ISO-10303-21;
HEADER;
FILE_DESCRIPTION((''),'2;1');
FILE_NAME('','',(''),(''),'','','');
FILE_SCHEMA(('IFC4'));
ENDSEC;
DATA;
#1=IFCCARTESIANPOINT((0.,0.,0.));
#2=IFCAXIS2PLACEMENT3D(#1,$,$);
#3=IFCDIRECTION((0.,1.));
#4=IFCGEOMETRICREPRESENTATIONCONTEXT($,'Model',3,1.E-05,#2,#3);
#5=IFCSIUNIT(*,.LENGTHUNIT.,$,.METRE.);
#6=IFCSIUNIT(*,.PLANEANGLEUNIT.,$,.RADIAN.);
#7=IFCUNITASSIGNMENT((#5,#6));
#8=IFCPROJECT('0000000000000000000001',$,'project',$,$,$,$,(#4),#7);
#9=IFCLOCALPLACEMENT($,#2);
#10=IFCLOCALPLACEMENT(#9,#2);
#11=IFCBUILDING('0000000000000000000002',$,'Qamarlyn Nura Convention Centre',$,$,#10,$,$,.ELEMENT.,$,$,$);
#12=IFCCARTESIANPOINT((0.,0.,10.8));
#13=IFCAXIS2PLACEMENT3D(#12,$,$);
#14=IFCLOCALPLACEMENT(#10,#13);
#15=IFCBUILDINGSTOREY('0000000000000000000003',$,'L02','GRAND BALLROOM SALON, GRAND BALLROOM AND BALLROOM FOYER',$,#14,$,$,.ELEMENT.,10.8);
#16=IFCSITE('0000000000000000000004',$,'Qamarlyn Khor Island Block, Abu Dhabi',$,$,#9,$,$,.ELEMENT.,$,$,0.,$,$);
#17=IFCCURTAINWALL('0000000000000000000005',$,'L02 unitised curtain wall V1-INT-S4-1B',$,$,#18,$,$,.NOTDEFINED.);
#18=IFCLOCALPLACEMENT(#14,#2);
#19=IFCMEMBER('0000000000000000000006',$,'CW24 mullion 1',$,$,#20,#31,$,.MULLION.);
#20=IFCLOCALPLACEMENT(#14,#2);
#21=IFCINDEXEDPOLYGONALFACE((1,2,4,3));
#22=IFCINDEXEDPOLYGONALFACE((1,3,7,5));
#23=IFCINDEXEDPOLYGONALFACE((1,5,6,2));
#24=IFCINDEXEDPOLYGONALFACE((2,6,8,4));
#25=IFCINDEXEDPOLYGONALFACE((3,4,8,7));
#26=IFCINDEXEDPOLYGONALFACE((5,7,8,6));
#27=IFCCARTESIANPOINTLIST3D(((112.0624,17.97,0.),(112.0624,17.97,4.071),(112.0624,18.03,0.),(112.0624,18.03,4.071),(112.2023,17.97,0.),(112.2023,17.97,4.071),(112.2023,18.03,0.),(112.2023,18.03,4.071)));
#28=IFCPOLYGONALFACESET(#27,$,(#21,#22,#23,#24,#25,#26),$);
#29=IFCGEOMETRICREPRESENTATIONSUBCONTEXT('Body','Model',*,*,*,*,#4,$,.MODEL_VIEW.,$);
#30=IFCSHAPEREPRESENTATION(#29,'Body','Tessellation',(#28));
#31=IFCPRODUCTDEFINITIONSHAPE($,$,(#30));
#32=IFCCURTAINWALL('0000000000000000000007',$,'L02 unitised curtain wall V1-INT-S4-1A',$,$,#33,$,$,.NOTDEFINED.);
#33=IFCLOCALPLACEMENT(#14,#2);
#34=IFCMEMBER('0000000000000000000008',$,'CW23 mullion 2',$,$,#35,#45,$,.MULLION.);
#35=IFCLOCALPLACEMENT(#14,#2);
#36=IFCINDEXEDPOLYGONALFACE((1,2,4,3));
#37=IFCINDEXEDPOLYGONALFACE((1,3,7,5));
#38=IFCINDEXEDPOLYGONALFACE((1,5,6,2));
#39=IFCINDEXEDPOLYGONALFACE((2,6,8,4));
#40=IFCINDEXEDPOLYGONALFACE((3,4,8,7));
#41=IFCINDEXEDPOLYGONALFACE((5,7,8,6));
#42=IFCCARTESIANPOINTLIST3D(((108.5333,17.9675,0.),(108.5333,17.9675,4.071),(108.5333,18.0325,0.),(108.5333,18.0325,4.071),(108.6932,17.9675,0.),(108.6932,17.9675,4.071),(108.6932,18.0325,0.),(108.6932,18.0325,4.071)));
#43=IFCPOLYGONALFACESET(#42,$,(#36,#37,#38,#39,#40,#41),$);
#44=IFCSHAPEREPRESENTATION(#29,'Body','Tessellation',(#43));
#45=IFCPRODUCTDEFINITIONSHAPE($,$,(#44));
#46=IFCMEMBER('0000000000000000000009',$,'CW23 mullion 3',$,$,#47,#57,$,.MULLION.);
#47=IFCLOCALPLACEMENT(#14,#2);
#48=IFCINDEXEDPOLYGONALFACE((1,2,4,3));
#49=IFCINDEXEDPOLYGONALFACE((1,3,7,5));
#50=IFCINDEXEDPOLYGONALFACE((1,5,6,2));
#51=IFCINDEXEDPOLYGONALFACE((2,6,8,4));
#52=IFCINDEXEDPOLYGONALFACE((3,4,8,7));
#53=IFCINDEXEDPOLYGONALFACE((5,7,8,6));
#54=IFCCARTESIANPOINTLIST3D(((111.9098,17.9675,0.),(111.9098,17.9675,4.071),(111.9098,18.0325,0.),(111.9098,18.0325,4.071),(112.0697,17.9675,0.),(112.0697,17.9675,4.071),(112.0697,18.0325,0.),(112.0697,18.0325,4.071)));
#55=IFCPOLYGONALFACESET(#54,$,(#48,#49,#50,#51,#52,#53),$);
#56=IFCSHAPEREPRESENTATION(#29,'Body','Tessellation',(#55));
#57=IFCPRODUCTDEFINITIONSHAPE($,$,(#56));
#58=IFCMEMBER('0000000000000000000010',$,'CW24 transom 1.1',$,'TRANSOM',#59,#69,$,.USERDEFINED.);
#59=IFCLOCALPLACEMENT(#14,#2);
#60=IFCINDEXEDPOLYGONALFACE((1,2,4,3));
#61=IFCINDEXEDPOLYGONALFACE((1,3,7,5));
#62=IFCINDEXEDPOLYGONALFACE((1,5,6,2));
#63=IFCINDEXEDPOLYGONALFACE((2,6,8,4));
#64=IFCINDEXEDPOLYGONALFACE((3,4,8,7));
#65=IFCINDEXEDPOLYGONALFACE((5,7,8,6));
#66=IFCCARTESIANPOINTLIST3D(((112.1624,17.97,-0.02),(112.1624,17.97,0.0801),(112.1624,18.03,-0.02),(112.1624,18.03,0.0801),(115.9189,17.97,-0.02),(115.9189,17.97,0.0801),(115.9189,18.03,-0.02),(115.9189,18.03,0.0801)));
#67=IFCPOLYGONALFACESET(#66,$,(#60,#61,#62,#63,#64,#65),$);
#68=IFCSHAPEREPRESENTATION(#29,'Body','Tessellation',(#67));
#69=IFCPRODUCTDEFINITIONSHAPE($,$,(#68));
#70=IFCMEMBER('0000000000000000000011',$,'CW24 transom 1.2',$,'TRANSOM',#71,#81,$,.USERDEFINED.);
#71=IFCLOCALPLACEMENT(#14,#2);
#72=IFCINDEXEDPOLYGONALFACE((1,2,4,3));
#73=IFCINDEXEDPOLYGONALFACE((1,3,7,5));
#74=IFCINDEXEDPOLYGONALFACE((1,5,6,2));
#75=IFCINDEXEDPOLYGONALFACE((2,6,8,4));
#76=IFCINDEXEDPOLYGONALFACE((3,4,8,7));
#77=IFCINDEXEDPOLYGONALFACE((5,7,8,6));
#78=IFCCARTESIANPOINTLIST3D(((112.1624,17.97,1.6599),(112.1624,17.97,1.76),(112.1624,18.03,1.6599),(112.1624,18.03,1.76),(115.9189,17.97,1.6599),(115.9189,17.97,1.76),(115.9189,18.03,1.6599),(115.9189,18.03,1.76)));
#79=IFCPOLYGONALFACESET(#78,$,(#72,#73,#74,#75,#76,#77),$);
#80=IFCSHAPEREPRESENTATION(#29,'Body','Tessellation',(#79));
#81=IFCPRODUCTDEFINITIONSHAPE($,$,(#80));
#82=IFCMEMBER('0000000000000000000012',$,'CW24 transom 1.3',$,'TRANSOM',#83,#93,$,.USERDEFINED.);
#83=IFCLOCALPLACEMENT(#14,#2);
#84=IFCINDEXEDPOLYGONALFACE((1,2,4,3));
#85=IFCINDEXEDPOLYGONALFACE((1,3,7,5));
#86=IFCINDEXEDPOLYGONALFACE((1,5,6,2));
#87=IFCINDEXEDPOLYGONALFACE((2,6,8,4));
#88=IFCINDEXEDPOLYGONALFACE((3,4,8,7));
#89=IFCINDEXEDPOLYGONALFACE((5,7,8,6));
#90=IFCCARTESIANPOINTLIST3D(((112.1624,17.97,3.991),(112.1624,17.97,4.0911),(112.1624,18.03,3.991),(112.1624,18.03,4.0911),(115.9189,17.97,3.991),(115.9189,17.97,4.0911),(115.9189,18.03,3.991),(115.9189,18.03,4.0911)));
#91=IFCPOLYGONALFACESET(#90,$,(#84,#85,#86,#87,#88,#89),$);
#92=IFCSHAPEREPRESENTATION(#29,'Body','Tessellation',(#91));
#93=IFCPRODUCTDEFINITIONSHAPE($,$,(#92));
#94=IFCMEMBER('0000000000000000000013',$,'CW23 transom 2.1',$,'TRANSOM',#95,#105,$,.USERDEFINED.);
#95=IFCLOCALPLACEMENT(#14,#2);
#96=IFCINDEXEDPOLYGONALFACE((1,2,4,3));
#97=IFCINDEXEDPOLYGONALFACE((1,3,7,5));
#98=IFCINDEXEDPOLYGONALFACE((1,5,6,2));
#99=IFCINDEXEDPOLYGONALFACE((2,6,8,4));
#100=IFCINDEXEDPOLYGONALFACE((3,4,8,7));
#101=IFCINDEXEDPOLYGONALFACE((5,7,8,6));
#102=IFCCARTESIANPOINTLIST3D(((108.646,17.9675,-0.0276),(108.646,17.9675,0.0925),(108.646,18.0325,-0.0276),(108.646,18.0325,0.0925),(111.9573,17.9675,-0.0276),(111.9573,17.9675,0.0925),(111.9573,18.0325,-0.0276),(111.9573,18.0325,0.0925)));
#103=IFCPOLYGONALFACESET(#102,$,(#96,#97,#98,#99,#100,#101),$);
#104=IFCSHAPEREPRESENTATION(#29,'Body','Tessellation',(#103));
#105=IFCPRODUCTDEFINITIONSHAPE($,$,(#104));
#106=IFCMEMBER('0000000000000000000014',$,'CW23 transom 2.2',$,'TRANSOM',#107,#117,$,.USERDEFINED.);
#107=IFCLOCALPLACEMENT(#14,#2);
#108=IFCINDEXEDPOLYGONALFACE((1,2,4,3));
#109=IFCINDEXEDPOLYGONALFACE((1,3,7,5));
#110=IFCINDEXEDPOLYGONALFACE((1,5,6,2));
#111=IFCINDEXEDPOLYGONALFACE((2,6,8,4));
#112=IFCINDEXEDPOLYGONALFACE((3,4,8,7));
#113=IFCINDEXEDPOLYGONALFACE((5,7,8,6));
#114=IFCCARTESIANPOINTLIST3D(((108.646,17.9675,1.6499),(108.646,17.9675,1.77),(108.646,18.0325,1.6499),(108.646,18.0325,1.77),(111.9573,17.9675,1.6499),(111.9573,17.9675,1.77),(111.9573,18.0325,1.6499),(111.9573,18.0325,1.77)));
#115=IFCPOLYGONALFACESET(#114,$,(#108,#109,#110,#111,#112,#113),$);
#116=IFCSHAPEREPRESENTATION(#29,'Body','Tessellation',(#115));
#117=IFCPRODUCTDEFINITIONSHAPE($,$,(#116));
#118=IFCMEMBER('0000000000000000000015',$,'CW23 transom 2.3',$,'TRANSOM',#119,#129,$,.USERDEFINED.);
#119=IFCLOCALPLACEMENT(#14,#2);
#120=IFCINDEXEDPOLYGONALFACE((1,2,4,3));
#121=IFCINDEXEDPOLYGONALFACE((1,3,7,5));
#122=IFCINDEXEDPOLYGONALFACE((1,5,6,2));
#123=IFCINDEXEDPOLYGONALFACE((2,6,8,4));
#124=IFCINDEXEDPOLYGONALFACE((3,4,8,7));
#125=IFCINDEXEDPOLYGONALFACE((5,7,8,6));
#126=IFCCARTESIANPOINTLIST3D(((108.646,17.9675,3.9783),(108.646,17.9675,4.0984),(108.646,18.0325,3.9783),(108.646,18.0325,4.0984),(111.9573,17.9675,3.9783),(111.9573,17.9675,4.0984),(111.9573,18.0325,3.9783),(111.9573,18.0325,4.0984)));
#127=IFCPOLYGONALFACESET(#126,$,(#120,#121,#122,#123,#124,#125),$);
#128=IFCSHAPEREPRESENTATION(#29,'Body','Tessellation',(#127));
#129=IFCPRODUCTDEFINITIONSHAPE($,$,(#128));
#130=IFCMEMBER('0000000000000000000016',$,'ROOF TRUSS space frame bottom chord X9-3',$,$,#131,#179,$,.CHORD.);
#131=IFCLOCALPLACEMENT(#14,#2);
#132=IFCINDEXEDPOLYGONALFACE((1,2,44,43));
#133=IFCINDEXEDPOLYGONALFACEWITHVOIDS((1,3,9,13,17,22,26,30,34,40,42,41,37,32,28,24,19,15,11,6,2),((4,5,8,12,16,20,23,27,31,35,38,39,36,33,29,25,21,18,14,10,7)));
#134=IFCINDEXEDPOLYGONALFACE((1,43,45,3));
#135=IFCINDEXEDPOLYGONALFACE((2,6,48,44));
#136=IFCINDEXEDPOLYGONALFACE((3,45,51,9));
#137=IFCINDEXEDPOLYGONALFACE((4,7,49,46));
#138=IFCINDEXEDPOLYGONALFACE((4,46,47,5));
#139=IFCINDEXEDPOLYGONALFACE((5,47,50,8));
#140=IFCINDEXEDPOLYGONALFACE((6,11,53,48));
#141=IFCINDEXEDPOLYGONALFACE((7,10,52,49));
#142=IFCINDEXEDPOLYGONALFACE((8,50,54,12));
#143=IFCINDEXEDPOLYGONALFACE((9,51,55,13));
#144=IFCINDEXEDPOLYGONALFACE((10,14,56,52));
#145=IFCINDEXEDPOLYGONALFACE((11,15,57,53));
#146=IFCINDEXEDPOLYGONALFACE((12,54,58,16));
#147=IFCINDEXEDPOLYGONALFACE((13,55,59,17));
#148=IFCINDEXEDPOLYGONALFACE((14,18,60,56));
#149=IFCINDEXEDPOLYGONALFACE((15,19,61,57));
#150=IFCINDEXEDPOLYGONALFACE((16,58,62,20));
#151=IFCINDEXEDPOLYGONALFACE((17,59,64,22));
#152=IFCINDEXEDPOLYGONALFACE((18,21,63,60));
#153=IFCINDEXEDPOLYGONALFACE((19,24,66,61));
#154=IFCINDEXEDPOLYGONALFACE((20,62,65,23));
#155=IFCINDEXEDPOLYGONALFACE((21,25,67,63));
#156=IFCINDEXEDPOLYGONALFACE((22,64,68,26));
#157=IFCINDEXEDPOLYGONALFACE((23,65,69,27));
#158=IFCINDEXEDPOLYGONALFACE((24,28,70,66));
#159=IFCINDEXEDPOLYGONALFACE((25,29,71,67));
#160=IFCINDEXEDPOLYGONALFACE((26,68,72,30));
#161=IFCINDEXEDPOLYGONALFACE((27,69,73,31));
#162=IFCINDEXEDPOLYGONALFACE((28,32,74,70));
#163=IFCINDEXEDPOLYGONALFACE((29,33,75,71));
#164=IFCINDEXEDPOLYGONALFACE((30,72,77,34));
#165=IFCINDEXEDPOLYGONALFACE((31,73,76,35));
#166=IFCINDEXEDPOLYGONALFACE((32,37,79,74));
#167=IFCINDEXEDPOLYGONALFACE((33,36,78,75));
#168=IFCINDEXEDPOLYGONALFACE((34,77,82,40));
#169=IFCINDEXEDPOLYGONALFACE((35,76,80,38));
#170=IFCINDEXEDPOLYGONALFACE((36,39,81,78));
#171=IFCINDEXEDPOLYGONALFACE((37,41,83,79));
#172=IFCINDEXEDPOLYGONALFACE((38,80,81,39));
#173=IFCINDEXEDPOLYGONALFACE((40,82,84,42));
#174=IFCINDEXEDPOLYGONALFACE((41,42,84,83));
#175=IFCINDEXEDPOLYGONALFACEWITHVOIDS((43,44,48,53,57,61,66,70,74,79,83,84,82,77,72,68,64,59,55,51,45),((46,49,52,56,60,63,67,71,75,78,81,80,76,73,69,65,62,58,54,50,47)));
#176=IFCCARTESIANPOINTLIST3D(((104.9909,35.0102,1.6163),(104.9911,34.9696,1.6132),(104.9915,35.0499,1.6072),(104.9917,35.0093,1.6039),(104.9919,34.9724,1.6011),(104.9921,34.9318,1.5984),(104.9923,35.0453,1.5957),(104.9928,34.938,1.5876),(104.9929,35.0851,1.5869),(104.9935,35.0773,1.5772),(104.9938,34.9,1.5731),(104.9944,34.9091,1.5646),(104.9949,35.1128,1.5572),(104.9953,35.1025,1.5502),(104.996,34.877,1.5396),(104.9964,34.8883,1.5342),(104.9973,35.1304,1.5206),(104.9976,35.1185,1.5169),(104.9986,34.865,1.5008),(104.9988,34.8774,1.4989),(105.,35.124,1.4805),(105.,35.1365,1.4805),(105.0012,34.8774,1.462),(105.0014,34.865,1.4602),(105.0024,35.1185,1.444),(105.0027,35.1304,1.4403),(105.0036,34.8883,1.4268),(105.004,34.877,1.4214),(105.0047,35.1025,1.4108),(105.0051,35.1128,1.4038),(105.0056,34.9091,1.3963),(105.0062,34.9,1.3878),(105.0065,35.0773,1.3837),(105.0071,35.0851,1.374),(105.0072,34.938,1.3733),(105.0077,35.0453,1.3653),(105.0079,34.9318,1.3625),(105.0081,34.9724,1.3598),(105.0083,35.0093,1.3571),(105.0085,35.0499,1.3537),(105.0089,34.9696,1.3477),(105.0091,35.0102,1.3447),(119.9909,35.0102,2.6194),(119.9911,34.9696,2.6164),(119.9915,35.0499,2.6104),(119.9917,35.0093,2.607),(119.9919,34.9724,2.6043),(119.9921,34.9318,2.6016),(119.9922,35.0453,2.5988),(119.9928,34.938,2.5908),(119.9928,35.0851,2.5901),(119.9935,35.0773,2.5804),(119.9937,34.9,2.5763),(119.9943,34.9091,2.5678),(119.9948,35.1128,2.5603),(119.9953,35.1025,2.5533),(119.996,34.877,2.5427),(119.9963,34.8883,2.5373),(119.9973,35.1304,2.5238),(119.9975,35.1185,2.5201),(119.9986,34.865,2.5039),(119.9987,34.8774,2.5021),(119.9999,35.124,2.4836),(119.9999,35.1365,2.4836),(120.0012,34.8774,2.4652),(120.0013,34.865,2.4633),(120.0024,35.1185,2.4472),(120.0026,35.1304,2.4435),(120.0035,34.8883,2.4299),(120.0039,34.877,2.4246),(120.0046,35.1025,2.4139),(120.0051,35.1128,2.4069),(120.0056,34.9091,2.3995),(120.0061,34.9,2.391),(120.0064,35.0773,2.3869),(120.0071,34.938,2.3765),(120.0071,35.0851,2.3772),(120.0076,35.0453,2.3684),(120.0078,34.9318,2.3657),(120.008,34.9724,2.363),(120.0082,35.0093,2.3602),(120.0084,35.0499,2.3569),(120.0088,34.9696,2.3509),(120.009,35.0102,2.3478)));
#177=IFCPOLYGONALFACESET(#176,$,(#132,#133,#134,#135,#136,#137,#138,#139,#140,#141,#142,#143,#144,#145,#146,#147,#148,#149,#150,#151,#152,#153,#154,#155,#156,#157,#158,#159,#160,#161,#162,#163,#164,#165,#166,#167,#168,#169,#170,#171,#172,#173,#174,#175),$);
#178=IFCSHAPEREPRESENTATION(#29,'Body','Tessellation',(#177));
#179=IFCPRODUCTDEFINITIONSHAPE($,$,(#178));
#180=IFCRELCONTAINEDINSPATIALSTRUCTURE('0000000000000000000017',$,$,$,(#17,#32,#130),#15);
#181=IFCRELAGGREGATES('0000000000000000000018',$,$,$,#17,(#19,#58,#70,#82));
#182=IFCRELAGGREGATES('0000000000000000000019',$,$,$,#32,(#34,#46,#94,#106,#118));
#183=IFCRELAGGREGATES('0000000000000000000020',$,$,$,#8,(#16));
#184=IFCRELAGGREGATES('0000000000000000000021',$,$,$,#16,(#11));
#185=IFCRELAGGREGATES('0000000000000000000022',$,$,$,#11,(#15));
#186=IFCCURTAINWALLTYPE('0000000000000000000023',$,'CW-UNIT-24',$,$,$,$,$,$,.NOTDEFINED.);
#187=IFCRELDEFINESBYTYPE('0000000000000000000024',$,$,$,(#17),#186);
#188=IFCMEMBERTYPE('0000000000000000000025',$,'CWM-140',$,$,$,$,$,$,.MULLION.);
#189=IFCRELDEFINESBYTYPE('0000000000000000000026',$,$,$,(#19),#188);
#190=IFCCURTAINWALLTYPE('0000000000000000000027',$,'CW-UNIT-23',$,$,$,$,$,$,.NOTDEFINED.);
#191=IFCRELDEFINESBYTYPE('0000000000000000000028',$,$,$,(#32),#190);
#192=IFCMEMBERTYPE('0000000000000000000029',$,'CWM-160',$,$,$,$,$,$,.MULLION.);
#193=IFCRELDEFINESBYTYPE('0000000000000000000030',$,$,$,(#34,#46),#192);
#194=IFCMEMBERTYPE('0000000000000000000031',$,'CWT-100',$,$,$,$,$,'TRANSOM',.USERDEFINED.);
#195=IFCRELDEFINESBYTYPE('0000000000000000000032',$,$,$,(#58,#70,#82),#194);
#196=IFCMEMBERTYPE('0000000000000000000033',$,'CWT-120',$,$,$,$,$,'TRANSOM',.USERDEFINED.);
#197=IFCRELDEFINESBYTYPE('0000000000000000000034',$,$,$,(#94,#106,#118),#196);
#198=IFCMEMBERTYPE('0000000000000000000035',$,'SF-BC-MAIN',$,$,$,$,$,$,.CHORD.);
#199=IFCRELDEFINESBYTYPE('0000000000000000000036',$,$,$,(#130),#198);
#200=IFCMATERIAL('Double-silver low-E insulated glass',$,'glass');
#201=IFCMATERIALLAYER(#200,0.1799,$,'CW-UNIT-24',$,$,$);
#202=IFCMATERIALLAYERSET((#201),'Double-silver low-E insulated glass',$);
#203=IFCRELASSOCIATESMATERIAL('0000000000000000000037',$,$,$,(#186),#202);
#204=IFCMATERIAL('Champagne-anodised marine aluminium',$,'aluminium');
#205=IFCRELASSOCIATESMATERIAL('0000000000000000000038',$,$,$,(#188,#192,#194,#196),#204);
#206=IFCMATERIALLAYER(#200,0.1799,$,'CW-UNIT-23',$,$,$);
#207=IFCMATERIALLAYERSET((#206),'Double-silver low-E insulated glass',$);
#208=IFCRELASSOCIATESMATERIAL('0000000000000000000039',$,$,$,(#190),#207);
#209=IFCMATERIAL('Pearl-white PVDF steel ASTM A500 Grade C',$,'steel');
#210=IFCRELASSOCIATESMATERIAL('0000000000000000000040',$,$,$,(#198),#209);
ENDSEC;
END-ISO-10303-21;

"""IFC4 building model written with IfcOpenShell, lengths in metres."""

from ifc_helpers import new_model, si_unit, direction, frame, origin, origin_2d, place, context, subcontext, project, spatial, rectangle, hollow_circle, extrude, material, layer, layer_set, material_profile, profile_set, type_object, element, aggregate, save


model = new_model("IFC4")

# Units and contexts
model_context = context("Model", 3, precision=1e-05, world=origin(), true_north=direction((0.0, 1.0)))
body_context = subcontext(model_context, "Body", "Model", "MODEL_VIEW")
ifc_project = project(units=[si_unit("LENGTHUNIT", "METRE"), si_unit("PLANEANGLEUNIT", "RADIAN")], contexts=[model_context])

# Site, building, storey
site_placement = place(None, origin())
site = spatial("IfcSite", under=ifc_project, at=site_placement, Name="Qamarlyn Khor Island Block, Abu Dhabi", CompositionType="ELEMENT", RefElevation=0.0)
building_placement = place(site_placement, origin())
building = spatial("IfcBuilding", under=site, at=building_placement, Name="Qamarlyn Nura Convention Centre", CompositionType="ELEMENT")
storey_placement = place(building_placement, frame((0.0, 0.0, 10.8)))
storey = spatial("IfcBuildingStorey", under=building, at=storey_placement, Name="L02", Description="GRAND BALLROOM SALON, GRAND BALLROOM AND BALLROOM FOYER", CompositionType="ELEMENT", Elevation=10.8)

# Curtain wall, member
ifc_material_1 = material(Name="Double-silver low-E insulated glass", Category="glass")
ifc_layer_1 = layer(ifc_material_1, 0.1799, Name="CW-UNIT-24")
ifc_layer_set_1 = layer_set([ifc_layer_1], Name="Double-silver low-E insulated glass")
curtain_wall_type_1 = type_object("IfcCurtainWallType", Name="CW-UNIT-24", PredefinedType="NOTDEFINED", material=ifc_layer_set_1)
curtain_wall_1_placement = place(storey_placement, origin())
curtain_wall_1 = element("IfcCurtainWall", 1, at=curtain_wall_1_placement, inside=storey, type_object=curtain_wall_type_1, Name="L02 unitised curtain wall V1-INT-S4-1B", PredefinedType="NOTDEFINED")
ifc_material_2 = material(Name="Champagne-anodised marine aluminium", Category="aluminium")
ifc_material_profile_1 = material_profile(ifc_material_2, rectangle(XDim=0.0601, YDim=0.1399, at=origin_2d()), Name="ALU MULLION 60x140")
ifc_profile_set_1 = profile_set([ifc_material_profile_1], Name="Champagne-anodised marine aluminium")
member_type_1 = type_object("IfcMemberType", Name="CWM-140", PredefinedType="MULLION", material=ifc_profile_set_1)
member_1_placement = place(storey_placement, frame((112.1323, 18.0, 0.0), z_axis=(0.0, 0.0, 1.0), x_axis=(0.0, 1.0, 0.0)))
member_1 = element("IfcMember", 2, at=member_1_placement, type_object=member_type_1, Name="CW24 mullion 1", PredefinedType="MULLION", context=body_context, shape_type="SweptSolid", body=[
    extrude(rectangle(XDim=0.0601, YDim=0.1399, at=origin_2d()), origin(), (0.0, 0.0, 1.0), 4.071),
])

# Curtain wall, members
ifc_layer_2 = layer(ifc_material_1, 0.1799, Name="CW-UNIT-23")
ifc_layer_set_2 = layer_set([ifc_layer_2], Name="Double-silver low-E insulated glass")
curtain_wall_type_2 = type_object("IfcCurtainWallType", Name="CW-UNIT-23", PredefinedType="NOTDEFINED", material=ifc_layer_set_2)
curtain_wall_2_placement = place(storey_placement, origin())
curtain_wall_2 = element("IfcCurtainWall", 3, at=curtain_wall_2_placement, inside=storey, type_object=curtain_wall_type_2, Name="L02 unitised curtain wall V1-INT-S4-1A", PredefinedType="NOTDEFINED")
ifc_material_profile_2 = material_profile(ifc_material_2, rectangle(XDim=0.0649, YDim=0.1599, at=origin_2d()), Name="ALU MULLION 65x160")
ifc_profile_set_2 = profile_set([ifc_material_profile_2], Name="Champagne-anodised marine aluminium")
member_type_2 = type_object("IfcMemberType", Name="CWM-160", PredefinedType="MULLION", material=ifc_profile_set_2)
member_2_placement = place(storey_placement, frame((108.6133, 18.0, 0.0), z_axis=(0.0, 0.0, 1.0), x_axis=(0.0, 1.0, 0.0)))
member_2 = element("IfcMember", 4, at=member_2_placement, type_object=member_type_2, Name="CW23 mullion 2", PredefinedType="MULLION", context=body_context, shape_type="SweptSolid", body=[
    extrude(rectangle(XDim=0.0649, YDim=0.1599, at=origin_2d()), origin(), (0.0, 0.0, 1.0), 4.071),
])
member_3_placement = place(storey_placement, frame((111.9897, 18.0, 0.0), z_axis=(0.0, 0.0, 1.0), x_axis=(0.0, 1.0, 0.0)))
member_3 = element("IfcMember", 5, at=member_3_placement, type_object=member_type_2, Name="CW23 mullion 3", PredefinedType="MULLION", context=body_context, shape_type="SweptSolid", body=[
    extrude(rectangle(XDim=0.0649, YDim=0.1599, at=origin_2d()), origin(), (0.0, 0.0, 1.0), 4.071),
])

# Members
ifc_material_profile_3 = material_profile(ifc_material_2, rectangle(XDim=0.0601, YDim=0.1001, at=origin_2d()), Name="ALU TRANSOM 60x100")
ifc_profile_set_3 = profile_set([ifc_material_profile_3], Name="Champagne-anodised marine aluminium")
member_type_3 = type_object("IfcMemberType", Name="CWT-100", ElementType="TRANSOM", PredefinedType="USERDEFINED", material=ifc_profile_set_3)
member_4_placement = place(storey_placement, frame((112.1624, 18.0, 0.03), z_axis=(1.0, 0.0, 0.0), x_axis=(0.0, 1.0, 0.0)))
member_4 = element("IfcMember", 6, at=member_4_placement, type_object=member_type_3, Name="CW24 transom 1.1", ObjectType="TRANSOM", PredefinedType="USERDEFINED", context=body_context, shape_type="SweptSolid", body=[
    extrude(rectangle(XDim=0.0601, YDim=0.1001, at=origin_2d()), origin(), (0.0, 0.0, 1.0), 3.7566),
])
member_5_placement = place(storey_placement, frame((112.1624, 18.0, 1.71), z_axis=(1.0, 0.0, 0.0), x_axis=(0.0, 1.0, 0.0)))
member_5 = element("IfcMember", 7, at=member_5_placement, type_object=member_type_3, Name="CW24 transom 1.2", ObjectType="TRANSOM", PredefinedType="USERDEFINED", context=body_context, shape_type="SweptSolid", body=[
    extrude(rectangle(XDim=0.0601, YDim=0.1001, at=origin_2d()), origin(), (0.0, 0.0, 1.0), 3.7566),
])
member_6_placement = place(storey_placement, frame((112.1624, 18.0, 4.041), z_axis=(1.0, 0.0, 0.0), x_axis=(0.0, 1.0, 0.0)))
member_6 = element("IfcMember", 8, at=member_6_placement, type_object=member_type_3, Name="CW24 transom 1.3", ObjectType="TRANSOM", PredefinedType="USERDEFINED", context=body_context, shape_type="SweptSolid", body=[
    extrude(rectangle(XDim=0.0601, YDim=0.1001, at=origin_2d()), origin(), (0.0, 0.0, 1.0), 3.7566),
])
aggregate(curtain_wall_1, [member_1, member_4, member_5, member_6])
ifc_material_profile_4 = material_profile(ifc_material_2, rectangle(XDim=0.0649, YDim=0.1201, at=origin_2d()), Name="ALU TRANSOM 65x120")
ifc_profile_set_4 = profile_set([ifc_material_profile_4], Name="Champagne-anodised marine aluminium")
member_type_4 = type_object("IfcMemberType", Name="CWT-120", ElementType="TRANSOM", PredefinedType="USERDEFINED", material=ifc_profile_set_4)
member_7_placement = place(storey_placement, frame((108.646, 18.0, 0.0325), z_axis=(1.0, 0.0, 0.0), x_axis=(0.0, 1.0, 0.0)))
member_7 = element("IfcMember", 9, at=member_7_placement, type_object=member_type_4, Name="CW23 transom 2.1", ObjectType="TRANSOM", PredefinedType="USERDEFINED", context=body_context, shape_type="SweptSolid", body=[
    extrude(rectangle(XDim=0.0649, YDim=0.1201, at=origin_2d()), origin(), (0.0, 0.0, 1.0), 3.3113),
])
member_8_placement = place(storey_placement, frame((108.646, 18.0, 1.71), z_axis=(1.0, 0.0, 0.0), x_axis=(0.0, 1.0, 0.0)))
member_8 = element("IfcMember", 10, at=member_8_placement, type_object=member_type_4, Name="CW23 transom 2.2", ObjectType="TRANSOM", PredefinedType="USERDEFINED", context=body_context, shape_type="SweptSolid", body=[
    extrude(rectangle(XDim=0.0649, YDim=0.1201, at=origin_2d()), origin(), (0.0, 0.0, 1.0), 3.3113),
])
member_9_placement = place(storey_placement, frame((108.646, 18.0, 4.0383), z_axis=(1.0, 0.0, 0.0), x_axis=(0.0, 1.0, 0.0)))
member_9 = element("IfcMember", 11, at=member_9_placement, type_object=member_type_4, Name="CW23 transom 2.3", ObjectType="TRANSOM", PredefinedType="USERDEFINED", context=body_context, shape_type="SweptSolid", body=[
    extrude(rectangle(XDim=0.0649, YDim=0.1201, at=origin_2d()), origin(), (0.0, 0.0, 1.0), 3.3113),
])

# Member
ifc_material_3 = material(Name="Pearl-white PVDF steel ASTM A500 Grade C", Category="steel")
ifc_material_profile_5 = material_profile(ifc_material_3, hollow_circle(Radius=0.1365, WallThickness=0.0125, at=origin_2d()), Name="CHS273X12.5")
ifc_profile_set_5 = profile_set([ifc_material_profile_5], Name="Pearl-white PVDF steel ASTM A500 Grade C")
member_type_5 = type_object("IfcMemberType", Name="SF-BC-MAIN", PredefinedType="CHORD", material=ifc_profile_set_5)
member_10_placement = place(storey_placement, frame((105.0, 35.0, 1.4805), z_axis=(0.997771, 0.0, 0.066729), x_axis=(0.0, 1.0, 0.0)))
element("IfcMember", 12, at=member_10_placement, inside=storey, type_object=member_type_5, Name="ROOF TRUSS space frame bottom chord X9-3", PredefinedType="CHORD", context=body_context, shape_type="SweptSolid", body=[
    extrude(hollow_circle(Radius=0.1365, WallThickness=0.0125, at=origin_2d()), origin(), (0.0, 0.0, 1.0), 15.0334),
])

aggregate(curtain_wall_2, [member_2, member_3, member_7, member_8, member_9])

save(model, "model.ifc")
